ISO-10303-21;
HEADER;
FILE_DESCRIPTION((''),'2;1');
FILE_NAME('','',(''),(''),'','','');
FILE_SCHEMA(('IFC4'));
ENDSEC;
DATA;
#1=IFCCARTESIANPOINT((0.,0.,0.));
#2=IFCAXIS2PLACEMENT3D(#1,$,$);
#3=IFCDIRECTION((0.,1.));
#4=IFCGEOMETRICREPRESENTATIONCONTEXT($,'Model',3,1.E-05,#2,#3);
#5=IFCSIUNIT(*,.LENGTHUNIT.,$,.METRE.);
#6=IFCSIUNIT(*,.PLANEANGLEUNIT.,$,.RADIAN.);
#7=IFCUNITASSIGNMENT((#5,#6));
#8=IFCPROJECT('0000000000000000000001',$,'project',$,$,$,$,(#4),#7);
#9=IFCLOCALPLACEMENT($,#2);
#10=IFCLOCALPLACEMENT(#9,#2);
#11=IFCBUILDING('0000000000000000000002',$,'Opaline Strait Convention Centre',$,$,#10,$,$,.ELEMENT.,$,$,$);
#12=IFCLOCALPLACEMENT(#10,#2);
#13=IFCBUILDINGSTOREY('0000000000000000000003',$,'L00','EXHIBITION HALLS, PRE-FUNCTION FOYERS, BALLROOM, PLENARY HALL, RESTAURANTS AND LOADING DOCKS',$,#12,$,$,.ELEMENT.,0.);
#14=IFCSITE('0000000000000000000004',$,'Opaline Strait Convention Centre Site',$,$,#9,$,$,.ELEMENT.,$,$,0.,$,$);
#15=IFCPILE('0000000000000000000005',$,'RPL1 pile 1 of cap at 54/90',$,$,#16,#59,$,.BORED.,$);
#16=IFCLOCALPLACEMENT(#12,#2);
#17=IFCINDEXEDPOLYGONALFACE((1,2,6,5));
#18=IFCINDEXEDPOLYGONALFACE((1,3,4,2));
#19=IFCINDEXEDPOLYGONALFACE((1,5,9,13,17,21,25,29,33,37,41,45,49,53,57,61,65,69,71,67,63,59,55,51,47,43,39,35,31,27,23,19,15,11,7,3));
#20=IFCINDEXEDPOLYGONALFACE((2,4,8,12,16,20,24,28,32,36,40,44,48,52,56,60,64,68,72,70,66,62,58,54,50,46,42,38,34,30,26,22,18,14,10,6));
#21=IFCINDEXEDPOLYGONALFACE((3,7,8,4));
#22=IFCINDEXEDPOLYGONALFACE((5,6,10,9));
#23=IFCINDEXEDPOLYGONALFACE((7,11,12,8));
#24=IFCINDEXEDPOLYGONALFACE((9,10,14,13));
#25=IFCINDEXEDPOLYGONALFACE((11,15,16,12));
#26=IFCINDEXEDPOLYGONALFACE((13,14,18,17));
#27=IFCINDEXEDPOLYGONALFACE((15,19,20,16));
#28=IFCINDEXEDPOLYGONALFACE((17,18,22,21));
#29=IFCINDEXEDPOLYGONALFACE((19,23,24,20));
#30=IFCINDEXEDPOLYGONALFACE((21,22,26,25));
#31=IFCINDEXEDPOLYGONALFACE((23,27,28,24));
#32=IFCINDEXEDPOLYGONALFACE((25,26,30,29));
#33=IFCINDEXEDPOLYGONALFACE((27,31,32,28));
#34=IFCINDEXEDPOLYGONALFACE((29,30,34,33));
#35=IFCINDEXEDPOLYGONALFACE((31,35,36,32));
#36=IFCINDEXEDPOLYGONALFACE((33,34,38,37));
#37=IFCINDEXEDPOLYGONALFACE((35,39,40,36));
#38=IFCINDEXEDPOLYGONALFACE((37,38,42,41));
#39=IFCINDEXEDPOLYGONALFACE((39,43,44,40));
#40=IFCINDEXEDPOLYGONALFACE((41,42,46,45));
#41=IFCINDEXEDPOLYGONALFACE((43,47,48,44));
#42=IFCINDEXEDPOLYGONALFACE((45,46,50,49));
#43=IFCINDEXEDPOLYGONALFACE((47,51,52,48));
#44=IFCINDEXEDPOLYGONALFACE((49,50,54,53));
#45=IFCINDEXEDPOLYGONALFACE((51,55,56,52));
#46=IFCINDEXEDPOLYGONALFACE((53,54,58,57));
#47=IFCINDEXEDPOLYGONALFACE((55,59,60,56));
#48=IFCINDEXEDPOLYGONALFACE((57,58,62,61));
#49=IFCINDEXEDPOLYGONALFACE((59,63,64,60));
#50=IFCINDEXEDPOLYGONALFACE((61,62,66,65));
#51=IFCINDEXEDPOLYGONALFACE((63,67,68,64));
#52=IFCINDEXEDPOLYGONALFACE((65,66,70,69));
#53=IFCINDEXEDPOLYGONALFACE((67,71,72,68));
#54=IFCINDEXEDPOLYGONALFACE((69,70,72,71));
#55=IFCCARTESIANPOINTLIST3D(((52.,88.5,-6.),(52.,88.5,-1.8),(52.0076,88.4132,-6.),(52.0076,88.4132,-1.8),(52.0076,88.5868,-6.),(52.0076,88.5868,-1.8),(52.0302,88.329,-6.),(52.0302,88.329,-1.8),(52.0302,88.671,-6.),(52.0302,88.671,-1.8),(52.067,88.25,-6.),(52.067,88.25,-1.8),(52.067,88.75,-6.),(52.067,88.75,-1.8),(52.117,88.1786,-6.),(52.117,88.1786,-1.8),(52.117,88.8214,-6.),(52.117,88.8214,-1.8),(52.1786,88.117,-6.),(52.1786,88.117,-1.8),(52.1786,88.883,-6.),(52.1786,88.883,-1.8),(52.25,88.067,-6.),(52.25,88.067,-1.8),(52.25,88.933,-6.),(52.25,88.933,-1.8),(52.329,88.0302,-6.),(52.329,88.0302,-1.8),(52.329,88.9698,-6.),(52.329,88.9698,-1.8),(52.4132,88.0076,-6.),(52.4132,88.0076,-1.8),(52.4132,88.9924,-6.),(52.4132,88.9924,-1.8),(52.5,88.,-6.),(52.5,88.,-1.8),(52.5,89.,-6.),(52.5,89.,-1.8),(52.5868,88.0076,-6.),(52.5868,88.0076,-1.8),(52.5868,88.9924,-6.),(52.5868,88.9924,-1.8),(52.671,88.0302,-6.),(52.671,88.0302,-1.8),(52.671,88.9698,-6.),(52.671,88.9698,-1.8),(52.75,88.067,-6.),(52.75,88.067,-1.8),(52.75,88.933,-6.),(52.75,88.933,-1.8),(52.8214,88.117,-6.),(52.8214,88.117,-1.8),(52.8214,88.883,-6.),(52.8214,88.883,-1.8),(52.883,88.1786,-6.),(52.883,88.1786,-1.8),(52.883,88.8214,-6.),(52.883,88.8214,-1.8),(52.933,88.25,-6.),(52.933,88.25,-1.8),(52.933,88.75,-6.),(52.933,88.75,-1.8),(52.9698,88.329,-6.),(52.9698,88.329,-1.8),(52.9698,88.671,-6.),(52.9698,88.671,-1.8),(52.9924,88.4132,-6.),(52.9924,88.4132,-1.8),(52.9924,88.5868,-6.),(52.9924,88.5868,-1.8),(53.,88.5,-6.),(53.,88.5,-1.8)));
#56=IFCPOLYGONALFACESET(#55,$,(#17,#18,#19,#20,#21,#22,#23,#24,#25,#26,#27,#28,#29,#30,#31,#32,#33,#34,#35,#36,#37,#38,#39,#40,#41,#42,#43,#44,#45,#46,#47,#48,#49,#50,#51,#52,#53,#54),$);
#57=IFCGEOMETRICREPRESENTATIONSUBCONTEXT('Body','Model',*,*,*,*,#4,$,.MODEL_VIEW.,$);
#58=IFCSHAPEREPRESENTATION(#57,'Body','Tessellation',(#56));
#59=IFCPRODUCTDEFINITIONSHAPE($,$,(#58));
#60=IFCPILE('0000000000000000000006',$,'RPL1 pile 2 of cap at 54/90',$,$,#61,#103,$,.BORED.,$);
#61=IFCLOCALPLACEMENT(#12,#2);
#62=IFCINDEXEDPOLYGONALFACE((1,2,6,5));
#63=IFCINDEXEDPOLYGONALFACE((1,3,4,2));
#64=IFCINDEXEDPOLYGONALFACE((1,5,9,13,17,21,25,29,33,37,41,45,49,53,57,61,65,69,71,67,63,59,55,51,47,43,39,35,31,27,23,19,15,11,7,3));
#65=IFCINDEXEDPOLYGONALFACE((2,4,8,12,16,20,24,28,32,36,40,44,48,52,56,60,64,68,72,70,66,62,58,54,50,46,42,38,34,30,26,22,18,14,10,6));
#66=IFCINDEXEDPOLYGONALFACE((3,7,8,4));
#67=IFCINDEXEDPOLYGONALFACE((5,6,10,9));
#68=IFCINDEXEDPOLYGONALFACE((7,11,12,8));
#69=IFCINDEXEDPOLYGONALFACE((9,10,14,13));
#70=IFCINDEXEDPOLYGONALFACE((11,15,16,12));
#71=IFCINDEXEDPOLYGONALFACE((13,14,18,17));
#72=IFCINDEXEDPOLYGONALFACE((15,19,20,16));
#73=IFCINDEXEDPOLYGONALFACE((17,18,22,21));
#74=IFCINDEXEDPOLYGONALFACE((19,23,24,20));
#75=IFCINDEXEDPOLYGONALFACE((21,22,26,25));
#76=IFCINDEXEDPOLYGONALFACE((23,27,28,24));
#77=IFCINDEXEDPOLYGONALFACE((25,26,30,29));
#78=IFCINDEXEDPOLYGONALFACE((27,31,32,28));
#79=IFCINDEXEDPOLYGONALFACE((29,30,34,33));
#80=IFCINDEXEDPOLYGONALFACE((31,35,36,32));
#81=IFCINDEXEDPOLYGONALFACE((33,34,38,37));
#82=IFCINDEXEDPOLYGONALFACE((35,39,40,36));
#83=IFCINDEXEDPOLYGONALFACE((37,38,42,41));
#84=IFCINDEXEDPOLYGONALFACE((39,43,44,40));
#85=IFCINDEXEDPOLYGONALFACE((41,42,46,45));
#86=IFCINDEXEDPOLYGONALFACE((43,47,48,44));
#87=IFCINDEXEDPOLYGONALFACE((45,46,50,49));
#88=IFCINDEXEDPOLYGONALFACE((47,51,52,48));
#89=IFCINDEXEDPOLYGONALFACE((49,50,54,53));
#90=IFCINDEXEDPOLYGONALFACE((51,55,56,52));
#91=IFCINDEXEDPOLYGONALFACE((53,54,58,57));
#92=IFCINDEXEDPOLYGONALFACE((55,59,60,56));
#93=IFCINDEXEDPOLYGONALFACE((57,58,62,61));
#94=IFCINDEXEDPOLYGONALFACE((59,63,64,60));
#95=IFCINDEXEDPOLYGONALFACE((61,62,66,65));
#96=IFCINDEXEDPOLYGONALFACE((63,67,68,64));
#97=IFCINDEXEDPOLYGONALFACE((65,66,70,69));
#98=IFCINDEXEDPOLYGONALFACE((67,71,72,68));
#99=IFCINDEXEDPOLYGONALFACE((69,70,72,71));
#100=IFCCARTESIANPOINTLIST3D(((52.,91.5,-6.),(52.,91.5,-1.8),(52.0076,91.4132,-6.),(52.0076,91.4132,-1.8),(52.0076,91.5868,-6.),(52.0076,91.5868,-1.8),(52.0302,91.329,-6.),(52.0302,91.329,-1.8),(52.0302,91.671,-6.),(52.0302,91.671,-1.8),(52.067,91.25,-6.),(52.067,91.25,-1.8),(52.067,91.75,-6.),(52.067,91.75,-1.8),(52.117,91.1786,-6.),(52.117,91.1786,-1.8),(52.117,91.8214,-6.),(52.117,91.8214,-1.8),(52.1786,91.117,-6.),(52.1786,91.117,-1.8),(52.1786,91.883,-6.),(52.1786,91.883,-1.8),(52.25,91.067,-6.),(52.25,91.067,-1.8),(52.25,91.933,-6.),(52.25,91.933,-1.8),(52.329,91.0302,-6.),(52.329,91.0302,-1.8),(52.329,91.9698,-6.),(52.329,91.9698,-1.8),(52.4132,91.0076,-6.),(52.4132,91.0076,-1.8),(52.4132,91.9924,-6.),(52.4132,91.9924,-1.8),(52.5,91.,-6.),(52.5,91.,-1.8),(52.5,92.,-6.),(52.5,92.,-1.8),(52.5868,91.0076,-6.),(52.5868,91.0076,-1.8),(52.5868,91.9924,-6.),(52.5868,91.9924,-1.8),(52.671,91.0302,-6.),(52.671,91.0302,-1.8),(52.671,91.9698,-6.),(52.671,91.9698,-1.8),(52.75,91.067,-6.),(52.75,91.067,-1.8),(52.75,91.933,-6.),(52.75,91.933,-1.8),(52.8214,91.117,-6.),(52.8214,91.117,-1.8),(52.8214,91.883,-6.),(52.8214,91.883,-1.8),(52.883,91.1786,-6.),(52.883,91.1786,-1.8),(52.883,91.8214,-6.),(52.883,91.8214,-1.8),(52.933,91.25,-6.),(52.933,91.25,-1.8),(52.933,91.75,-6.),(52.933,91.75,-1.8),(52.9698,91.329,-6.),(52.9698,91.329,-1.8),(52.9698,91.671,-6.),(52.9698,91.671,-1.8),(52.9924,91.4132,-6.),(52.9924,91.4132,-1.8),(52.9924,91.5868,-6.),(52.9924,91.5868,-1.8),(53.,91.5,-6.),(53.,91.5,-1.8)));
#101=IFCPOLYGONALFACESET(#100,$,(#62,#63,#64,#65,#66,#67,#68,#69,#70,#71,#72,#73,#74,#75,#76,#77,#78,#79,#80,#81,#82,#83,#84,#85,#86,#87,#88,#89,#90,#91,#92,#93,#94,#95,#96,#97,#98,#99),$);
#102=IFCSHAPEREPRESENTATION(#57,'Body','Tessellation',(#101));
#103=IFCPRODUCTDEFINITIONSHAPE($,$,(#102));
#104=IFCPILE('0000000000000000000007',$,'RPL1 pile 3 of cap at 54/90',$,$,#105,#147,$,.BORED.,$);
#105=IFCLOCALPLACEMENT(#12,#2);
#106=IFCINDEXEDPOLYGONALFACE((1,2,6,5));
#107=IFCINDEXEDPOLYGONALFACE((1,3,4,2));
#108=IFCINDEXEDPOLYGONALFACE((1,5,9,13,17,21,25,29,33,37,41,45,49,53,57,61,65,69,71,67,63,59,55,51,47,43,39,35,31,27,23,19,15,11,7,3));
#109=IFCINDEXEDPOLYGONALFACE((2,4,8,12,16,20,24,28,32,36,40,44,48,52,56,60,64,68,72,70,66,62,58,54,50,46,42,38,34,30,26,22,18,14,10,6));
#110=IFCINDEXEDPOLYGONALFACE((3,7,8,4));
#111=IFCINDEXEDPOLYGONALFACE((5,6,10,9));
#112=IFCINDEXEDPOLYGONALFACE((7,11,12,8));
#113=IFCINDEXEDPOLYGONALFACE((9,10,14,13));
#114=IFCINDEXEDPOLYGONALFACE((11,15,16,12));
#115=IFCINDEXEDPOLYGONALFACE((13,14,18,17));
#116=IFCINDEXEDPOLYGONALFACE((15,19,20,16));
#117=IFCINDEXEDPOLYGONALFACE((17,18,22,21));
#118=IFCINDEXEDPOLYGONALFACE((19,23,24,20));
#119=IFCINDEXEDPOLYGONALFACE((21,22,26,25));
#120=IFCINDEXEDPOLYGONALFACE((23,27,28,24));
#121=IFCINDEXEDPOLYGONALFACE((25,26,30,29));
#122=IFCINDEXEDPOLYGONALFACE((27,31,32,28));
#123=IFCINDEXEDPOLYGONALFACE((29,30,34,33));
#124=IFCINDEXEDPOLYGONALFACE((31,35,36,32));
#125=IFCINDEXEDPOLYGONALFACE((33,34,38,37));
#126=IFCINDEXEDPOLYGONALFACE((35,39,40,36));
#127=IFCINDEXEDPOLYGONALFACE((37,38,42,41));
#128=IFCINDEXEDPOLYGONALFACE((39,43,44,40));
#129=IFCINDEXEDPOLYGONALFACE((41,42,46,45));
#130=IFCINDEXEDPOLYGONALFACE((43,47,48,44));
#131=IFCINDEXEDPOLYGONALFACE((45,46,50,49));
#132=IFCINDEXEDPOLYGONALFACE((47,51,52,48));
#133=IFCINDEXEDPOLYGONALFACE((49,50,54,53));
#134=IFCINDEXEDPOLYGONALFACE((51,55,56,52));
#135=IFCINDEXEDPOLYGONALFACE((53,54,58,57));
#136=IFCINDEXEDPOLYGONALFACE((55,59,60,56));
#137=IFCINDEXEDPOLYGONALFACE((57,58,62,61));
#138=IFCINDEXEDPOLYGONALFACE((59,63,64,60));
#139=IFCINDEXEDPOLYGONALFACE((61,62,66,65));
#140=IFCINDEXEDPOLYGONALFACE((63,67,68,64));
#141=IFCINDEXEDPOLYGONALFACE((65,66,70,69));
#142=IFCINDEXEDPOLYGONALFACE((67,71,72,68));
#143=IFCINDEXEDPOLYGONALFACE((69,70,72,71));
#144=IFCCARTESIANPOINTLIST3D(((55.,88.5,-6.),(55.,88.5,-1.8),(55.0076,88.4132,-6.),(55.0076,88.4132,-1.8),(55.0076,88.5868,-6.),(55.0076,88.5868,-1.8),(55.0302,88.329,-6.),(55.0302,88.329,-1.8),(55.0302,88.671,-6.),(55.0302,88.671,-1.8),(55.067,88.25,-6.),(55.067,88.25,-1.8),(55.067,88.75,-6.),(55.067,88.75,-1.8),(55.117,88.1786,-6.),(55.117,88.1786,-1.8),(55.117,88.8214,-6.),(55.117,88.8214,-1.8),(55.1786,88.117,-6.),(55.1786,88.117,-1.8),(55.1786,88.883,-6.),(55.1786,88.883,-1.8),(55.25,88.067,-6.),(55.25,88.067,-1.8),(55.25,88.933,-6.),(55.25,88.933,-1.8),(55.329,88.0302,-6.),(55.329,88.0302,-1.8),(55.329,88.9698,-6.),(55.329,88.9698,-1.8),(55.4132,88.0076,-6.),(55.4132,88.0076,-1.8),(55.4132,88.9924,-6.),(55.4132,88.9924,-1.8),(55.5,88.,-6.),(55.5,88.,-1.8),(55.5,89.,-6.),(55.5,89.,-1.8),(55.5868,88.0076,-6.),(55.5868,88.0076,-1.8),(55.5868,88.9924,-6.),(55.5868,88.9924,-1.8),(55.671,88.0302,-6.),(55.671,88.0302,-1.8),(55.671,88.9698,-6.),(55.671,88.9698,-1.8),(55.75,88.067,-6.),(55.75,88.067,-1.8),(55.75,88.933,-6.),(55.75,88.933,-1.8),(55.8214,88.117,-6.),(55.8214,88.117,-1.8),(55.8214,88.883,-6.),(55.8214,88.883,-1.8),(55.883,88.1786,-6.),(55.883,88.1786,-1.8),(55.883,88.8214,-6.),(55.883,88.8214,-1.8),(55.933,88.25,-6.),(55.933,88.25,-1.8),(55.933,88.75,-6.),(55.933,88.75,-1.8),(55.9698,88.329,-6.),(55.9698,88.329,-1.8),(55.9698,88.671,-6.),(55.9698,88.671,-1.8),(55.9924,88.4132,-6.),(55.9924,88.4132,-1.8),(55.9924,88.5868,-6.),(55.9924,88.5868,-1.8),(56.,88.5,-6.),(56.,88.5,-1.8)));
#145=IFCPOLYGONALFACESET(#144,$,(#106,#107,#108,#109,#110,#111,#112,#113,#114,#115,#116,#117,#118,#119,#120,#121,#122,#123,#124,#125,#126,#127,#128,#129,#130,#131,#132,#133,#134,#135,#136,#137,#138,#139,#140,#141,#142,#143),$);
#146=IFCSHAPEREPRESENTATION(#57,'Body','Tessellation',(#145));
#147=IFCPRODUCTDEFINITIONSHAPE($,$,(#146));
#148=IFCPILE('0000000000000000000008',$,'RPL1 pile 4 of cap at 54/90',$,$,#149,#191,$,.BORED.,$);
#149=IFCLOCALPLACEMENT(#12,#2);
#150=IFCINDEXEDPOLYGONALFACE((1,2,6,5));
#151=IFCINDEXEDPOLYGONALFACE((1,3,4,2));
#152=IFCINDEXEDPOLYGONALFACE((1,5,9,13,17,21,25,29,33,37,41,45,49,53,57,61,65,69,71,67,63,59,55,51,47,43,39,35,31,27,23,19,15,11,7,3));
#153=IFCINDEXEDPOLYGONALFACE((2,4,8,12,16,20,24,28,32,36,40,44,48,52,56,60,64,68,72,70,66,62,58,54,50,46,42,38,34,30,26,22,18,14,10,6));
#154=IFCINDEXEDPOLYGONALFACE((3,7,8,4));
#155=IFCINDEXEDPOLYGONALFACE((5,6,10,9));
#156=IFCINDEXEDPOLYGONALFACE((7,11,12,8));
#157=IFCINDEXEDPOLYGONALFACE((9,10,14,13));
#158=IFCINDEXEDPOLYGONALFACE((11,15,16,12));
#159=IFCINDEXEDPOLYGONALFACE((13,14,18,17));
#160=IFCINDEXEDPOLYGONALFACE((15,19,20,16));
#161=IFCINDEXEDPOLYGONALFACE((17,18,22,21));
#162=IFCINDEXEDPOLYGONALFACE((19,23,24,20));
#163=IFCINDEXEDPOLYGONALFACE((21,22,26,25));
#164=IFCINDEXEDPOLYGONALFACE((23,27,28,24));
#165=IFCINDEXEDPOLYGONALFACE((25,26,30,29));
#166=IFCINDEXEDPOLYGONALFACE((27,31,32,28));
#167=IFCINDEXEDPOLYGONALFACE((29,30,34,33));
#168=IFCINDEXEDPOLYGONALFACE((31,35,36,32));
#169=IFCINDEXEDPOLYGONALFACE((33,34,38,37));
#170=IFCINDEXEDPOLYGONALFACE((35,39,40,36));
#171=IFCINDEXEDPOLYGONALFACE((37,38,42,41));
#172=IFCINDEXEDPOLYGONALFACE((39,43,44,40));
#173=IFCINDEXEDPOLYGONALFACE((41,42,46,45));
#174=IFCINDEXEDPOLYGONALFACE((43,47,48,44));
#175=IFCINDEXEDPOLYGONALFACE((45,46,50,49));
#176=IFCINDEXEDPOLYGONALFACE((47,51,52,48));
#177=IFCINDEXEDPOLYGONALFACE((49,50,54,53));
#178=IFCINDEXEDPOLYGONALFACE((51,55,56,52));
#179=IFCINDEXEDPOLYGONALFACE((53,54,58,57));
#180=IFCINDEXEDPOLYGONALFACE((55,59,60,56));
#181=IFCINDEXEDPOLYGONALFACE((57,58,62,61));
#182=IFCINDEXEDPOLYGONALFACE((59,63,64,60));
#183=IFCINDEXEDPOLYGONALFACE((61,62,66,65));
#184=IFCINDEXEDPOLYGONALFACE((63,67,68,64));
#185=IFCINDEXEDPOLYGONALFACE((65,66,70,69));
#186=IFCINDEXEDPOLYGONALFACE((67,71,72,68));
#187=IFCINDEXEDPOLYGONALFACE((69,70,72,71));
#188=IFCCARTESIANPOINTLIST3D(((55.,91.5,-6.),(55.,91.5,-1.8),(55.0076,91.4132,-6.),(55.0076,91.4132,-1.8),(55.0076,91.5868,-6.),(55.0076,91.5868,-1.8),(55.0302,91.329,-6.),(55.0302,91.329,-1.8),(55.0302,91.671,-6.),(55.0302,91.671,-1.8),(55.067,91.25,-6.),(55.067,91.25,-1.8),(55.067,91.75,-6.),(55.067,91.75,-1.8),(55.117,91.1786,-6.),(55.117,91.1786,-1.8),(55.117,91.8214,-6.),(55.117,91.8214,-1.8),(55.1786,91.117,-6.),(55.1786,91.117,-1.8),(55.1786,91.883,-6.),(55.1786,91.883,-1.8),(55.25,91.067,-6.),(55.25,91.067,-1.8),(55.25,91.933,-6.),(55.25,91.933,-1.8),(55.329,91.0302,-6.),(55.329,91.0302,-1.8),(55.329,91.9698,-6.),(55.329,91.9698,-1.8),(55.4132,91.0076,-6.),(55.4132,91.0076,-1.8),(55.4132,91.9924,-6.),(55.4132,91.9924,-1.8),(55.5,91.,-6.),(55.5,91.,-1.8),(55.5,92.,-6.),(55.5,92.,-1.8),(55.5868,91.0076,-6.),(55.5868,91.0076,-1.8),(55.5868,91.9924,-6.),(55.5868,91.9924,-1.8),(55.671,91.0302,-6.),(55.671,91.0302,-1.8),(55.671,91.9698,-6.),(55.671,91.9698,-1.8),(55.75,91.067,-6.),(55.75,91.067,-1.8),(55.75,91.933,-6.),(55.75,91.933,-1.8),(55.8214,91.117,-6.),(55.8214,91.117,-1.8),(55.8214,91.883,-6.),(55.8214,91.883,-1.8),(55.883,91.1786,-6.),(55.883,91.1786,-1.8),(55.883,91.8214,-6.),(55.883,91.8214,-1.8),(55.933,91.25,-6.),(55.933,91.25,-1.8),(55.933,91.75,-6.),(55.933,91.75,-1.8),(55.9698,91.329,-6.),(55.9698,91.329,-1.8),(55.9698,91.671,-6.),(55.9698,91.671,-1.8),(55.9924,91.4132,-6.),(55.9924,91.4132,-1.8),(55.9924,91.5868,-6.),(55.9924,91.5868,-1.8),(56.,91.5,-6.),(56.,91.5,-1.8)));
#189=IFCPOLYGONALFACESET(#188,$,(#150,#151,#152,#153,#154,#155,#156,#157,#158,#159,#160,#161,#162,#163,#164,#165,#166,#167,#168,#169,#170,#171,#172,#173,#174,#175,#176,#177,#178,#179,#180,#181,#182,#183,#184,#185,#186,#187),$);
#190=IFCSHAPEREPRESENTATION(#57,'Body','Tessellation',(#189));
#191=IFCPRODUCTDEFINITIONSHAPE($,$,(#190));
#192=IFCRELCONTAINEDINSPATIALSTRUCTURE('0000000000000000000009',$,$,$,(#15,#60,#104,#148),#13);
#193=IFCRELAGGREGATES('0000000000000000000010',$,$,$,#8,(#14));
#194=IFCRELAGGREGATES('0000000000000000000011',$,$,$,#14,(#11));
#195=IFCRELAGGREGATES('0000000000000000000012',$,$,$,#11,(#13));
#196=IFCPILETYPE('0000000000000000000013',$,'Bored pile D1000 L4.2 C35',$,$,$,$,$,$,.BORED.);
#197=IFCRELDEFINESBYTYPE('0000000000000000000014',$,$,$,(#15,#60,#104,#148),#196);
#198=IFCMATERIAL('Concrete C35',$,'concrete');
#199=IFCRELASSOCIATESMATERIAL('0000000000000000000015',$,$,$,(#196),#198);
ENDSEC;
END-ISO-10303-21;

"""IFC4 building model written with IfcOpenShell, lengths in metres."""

from ifc_helpers import new_model, si_unit, direction, frame, origin, origin_2d, place, context, subcontext, project, spatial, circle, extrude, material, material_profile, profile_set, type_object, element, save


model = new_model("IFC4")

# Units and contexts
model_context = context("Model", 3, precision=1e-05, world=origin(), true_north=direction((0.0, 1.0)))
body_context = subcontext(model_context, "Body", "Model", "MODEL_VIEW")
ifc_project = project(units=[si_unit("LENGTHUNIT", "METRE"), si_unit("PLANEANGLEUNIT", "RADIAN")], contexts=[model_context])

# Site, building, storey
site_placement = place(None, origin())
site = spatial("IfcSite", under=ifc_project, at=site_placement, Name="Opaline Strait Convention Centre Site", CompositionType="ELEMENT", RefElevation=0.0)
building_placement = place(site_placement, origin())
building = spatial("IfcBuilding", under=site, at=building_placement, Name="Opaline Strait Convention Centre", CompositionType="ELEMENT")
storey_placement = place(building_placement, origin())
storey = spatial("IfcBuildingStorey", under=building, at=storey_placement, Name="L00", Description="EXHIBITION HALLS, PRE-FUNCTION FOYERS, BALLROOM, PLENARY HALL, RESTAURANTS AND LOADING DOCKS", CompositionType="ELEMENT", Elevation=0.0)

# Piles
ifc_material_1 = material(Name="Concrete C35", Category="concrete")
ifc_material_profile_1 = material_profile(ifc_material_1, circle(Radius=0.5, at=origin_2d()), Name="D1000")
ifc_profile_set_1 = profile_set([ifc_material_profile_1], Name="Concrete C35")
pile_type = type_object("IfcPileType", Name="Bored pile D1000 L4.2 C35", PredefinedType="BORED", material=ifc_profile_set_1)
for number, where, z_axis, x_axis, name in (
    (1, (52.5, 88.5, -1.8), (0.0, 0.0, -1.0), (1.0, 0.0, 0.0), "RPL1 pile 1 of cap at 54/90"),
    (2, (52.5, 91.5, -1.8), (0.0, 0.0, -1.0), (1.0, 0.0, 0.0), "RPL1 pile 2 of cap at 54/90"),
    (3, (55.5, 88.5, -1.8), (0.0, 0.0, -1.0), (1.0, 0.0, 0.0), "RPL1 pile 3 of cap at 54/90"),
    (4, (55.5, 91.5, -1.8), (0.0, 0.0, -1.0), (1.0, 0.0, 0.0), "RPL1 pile 4 of cap at 54/90"),
):
    element("IfcPile", number, at=place(storey_placement, frame(where, z_axis=z_axis, x_axis=x_axis)), inside=storey, type_object=pile_type, Name=name, PredefinedType="BORED", context=body_context, shape_type="SweptSolid", body=[
        extrude(circle(Radius=0.5, at=origin_2d()), origin(), (0.0, 0.0, 1.0), 4.2),
    ])

save(model, "model.ifc")
